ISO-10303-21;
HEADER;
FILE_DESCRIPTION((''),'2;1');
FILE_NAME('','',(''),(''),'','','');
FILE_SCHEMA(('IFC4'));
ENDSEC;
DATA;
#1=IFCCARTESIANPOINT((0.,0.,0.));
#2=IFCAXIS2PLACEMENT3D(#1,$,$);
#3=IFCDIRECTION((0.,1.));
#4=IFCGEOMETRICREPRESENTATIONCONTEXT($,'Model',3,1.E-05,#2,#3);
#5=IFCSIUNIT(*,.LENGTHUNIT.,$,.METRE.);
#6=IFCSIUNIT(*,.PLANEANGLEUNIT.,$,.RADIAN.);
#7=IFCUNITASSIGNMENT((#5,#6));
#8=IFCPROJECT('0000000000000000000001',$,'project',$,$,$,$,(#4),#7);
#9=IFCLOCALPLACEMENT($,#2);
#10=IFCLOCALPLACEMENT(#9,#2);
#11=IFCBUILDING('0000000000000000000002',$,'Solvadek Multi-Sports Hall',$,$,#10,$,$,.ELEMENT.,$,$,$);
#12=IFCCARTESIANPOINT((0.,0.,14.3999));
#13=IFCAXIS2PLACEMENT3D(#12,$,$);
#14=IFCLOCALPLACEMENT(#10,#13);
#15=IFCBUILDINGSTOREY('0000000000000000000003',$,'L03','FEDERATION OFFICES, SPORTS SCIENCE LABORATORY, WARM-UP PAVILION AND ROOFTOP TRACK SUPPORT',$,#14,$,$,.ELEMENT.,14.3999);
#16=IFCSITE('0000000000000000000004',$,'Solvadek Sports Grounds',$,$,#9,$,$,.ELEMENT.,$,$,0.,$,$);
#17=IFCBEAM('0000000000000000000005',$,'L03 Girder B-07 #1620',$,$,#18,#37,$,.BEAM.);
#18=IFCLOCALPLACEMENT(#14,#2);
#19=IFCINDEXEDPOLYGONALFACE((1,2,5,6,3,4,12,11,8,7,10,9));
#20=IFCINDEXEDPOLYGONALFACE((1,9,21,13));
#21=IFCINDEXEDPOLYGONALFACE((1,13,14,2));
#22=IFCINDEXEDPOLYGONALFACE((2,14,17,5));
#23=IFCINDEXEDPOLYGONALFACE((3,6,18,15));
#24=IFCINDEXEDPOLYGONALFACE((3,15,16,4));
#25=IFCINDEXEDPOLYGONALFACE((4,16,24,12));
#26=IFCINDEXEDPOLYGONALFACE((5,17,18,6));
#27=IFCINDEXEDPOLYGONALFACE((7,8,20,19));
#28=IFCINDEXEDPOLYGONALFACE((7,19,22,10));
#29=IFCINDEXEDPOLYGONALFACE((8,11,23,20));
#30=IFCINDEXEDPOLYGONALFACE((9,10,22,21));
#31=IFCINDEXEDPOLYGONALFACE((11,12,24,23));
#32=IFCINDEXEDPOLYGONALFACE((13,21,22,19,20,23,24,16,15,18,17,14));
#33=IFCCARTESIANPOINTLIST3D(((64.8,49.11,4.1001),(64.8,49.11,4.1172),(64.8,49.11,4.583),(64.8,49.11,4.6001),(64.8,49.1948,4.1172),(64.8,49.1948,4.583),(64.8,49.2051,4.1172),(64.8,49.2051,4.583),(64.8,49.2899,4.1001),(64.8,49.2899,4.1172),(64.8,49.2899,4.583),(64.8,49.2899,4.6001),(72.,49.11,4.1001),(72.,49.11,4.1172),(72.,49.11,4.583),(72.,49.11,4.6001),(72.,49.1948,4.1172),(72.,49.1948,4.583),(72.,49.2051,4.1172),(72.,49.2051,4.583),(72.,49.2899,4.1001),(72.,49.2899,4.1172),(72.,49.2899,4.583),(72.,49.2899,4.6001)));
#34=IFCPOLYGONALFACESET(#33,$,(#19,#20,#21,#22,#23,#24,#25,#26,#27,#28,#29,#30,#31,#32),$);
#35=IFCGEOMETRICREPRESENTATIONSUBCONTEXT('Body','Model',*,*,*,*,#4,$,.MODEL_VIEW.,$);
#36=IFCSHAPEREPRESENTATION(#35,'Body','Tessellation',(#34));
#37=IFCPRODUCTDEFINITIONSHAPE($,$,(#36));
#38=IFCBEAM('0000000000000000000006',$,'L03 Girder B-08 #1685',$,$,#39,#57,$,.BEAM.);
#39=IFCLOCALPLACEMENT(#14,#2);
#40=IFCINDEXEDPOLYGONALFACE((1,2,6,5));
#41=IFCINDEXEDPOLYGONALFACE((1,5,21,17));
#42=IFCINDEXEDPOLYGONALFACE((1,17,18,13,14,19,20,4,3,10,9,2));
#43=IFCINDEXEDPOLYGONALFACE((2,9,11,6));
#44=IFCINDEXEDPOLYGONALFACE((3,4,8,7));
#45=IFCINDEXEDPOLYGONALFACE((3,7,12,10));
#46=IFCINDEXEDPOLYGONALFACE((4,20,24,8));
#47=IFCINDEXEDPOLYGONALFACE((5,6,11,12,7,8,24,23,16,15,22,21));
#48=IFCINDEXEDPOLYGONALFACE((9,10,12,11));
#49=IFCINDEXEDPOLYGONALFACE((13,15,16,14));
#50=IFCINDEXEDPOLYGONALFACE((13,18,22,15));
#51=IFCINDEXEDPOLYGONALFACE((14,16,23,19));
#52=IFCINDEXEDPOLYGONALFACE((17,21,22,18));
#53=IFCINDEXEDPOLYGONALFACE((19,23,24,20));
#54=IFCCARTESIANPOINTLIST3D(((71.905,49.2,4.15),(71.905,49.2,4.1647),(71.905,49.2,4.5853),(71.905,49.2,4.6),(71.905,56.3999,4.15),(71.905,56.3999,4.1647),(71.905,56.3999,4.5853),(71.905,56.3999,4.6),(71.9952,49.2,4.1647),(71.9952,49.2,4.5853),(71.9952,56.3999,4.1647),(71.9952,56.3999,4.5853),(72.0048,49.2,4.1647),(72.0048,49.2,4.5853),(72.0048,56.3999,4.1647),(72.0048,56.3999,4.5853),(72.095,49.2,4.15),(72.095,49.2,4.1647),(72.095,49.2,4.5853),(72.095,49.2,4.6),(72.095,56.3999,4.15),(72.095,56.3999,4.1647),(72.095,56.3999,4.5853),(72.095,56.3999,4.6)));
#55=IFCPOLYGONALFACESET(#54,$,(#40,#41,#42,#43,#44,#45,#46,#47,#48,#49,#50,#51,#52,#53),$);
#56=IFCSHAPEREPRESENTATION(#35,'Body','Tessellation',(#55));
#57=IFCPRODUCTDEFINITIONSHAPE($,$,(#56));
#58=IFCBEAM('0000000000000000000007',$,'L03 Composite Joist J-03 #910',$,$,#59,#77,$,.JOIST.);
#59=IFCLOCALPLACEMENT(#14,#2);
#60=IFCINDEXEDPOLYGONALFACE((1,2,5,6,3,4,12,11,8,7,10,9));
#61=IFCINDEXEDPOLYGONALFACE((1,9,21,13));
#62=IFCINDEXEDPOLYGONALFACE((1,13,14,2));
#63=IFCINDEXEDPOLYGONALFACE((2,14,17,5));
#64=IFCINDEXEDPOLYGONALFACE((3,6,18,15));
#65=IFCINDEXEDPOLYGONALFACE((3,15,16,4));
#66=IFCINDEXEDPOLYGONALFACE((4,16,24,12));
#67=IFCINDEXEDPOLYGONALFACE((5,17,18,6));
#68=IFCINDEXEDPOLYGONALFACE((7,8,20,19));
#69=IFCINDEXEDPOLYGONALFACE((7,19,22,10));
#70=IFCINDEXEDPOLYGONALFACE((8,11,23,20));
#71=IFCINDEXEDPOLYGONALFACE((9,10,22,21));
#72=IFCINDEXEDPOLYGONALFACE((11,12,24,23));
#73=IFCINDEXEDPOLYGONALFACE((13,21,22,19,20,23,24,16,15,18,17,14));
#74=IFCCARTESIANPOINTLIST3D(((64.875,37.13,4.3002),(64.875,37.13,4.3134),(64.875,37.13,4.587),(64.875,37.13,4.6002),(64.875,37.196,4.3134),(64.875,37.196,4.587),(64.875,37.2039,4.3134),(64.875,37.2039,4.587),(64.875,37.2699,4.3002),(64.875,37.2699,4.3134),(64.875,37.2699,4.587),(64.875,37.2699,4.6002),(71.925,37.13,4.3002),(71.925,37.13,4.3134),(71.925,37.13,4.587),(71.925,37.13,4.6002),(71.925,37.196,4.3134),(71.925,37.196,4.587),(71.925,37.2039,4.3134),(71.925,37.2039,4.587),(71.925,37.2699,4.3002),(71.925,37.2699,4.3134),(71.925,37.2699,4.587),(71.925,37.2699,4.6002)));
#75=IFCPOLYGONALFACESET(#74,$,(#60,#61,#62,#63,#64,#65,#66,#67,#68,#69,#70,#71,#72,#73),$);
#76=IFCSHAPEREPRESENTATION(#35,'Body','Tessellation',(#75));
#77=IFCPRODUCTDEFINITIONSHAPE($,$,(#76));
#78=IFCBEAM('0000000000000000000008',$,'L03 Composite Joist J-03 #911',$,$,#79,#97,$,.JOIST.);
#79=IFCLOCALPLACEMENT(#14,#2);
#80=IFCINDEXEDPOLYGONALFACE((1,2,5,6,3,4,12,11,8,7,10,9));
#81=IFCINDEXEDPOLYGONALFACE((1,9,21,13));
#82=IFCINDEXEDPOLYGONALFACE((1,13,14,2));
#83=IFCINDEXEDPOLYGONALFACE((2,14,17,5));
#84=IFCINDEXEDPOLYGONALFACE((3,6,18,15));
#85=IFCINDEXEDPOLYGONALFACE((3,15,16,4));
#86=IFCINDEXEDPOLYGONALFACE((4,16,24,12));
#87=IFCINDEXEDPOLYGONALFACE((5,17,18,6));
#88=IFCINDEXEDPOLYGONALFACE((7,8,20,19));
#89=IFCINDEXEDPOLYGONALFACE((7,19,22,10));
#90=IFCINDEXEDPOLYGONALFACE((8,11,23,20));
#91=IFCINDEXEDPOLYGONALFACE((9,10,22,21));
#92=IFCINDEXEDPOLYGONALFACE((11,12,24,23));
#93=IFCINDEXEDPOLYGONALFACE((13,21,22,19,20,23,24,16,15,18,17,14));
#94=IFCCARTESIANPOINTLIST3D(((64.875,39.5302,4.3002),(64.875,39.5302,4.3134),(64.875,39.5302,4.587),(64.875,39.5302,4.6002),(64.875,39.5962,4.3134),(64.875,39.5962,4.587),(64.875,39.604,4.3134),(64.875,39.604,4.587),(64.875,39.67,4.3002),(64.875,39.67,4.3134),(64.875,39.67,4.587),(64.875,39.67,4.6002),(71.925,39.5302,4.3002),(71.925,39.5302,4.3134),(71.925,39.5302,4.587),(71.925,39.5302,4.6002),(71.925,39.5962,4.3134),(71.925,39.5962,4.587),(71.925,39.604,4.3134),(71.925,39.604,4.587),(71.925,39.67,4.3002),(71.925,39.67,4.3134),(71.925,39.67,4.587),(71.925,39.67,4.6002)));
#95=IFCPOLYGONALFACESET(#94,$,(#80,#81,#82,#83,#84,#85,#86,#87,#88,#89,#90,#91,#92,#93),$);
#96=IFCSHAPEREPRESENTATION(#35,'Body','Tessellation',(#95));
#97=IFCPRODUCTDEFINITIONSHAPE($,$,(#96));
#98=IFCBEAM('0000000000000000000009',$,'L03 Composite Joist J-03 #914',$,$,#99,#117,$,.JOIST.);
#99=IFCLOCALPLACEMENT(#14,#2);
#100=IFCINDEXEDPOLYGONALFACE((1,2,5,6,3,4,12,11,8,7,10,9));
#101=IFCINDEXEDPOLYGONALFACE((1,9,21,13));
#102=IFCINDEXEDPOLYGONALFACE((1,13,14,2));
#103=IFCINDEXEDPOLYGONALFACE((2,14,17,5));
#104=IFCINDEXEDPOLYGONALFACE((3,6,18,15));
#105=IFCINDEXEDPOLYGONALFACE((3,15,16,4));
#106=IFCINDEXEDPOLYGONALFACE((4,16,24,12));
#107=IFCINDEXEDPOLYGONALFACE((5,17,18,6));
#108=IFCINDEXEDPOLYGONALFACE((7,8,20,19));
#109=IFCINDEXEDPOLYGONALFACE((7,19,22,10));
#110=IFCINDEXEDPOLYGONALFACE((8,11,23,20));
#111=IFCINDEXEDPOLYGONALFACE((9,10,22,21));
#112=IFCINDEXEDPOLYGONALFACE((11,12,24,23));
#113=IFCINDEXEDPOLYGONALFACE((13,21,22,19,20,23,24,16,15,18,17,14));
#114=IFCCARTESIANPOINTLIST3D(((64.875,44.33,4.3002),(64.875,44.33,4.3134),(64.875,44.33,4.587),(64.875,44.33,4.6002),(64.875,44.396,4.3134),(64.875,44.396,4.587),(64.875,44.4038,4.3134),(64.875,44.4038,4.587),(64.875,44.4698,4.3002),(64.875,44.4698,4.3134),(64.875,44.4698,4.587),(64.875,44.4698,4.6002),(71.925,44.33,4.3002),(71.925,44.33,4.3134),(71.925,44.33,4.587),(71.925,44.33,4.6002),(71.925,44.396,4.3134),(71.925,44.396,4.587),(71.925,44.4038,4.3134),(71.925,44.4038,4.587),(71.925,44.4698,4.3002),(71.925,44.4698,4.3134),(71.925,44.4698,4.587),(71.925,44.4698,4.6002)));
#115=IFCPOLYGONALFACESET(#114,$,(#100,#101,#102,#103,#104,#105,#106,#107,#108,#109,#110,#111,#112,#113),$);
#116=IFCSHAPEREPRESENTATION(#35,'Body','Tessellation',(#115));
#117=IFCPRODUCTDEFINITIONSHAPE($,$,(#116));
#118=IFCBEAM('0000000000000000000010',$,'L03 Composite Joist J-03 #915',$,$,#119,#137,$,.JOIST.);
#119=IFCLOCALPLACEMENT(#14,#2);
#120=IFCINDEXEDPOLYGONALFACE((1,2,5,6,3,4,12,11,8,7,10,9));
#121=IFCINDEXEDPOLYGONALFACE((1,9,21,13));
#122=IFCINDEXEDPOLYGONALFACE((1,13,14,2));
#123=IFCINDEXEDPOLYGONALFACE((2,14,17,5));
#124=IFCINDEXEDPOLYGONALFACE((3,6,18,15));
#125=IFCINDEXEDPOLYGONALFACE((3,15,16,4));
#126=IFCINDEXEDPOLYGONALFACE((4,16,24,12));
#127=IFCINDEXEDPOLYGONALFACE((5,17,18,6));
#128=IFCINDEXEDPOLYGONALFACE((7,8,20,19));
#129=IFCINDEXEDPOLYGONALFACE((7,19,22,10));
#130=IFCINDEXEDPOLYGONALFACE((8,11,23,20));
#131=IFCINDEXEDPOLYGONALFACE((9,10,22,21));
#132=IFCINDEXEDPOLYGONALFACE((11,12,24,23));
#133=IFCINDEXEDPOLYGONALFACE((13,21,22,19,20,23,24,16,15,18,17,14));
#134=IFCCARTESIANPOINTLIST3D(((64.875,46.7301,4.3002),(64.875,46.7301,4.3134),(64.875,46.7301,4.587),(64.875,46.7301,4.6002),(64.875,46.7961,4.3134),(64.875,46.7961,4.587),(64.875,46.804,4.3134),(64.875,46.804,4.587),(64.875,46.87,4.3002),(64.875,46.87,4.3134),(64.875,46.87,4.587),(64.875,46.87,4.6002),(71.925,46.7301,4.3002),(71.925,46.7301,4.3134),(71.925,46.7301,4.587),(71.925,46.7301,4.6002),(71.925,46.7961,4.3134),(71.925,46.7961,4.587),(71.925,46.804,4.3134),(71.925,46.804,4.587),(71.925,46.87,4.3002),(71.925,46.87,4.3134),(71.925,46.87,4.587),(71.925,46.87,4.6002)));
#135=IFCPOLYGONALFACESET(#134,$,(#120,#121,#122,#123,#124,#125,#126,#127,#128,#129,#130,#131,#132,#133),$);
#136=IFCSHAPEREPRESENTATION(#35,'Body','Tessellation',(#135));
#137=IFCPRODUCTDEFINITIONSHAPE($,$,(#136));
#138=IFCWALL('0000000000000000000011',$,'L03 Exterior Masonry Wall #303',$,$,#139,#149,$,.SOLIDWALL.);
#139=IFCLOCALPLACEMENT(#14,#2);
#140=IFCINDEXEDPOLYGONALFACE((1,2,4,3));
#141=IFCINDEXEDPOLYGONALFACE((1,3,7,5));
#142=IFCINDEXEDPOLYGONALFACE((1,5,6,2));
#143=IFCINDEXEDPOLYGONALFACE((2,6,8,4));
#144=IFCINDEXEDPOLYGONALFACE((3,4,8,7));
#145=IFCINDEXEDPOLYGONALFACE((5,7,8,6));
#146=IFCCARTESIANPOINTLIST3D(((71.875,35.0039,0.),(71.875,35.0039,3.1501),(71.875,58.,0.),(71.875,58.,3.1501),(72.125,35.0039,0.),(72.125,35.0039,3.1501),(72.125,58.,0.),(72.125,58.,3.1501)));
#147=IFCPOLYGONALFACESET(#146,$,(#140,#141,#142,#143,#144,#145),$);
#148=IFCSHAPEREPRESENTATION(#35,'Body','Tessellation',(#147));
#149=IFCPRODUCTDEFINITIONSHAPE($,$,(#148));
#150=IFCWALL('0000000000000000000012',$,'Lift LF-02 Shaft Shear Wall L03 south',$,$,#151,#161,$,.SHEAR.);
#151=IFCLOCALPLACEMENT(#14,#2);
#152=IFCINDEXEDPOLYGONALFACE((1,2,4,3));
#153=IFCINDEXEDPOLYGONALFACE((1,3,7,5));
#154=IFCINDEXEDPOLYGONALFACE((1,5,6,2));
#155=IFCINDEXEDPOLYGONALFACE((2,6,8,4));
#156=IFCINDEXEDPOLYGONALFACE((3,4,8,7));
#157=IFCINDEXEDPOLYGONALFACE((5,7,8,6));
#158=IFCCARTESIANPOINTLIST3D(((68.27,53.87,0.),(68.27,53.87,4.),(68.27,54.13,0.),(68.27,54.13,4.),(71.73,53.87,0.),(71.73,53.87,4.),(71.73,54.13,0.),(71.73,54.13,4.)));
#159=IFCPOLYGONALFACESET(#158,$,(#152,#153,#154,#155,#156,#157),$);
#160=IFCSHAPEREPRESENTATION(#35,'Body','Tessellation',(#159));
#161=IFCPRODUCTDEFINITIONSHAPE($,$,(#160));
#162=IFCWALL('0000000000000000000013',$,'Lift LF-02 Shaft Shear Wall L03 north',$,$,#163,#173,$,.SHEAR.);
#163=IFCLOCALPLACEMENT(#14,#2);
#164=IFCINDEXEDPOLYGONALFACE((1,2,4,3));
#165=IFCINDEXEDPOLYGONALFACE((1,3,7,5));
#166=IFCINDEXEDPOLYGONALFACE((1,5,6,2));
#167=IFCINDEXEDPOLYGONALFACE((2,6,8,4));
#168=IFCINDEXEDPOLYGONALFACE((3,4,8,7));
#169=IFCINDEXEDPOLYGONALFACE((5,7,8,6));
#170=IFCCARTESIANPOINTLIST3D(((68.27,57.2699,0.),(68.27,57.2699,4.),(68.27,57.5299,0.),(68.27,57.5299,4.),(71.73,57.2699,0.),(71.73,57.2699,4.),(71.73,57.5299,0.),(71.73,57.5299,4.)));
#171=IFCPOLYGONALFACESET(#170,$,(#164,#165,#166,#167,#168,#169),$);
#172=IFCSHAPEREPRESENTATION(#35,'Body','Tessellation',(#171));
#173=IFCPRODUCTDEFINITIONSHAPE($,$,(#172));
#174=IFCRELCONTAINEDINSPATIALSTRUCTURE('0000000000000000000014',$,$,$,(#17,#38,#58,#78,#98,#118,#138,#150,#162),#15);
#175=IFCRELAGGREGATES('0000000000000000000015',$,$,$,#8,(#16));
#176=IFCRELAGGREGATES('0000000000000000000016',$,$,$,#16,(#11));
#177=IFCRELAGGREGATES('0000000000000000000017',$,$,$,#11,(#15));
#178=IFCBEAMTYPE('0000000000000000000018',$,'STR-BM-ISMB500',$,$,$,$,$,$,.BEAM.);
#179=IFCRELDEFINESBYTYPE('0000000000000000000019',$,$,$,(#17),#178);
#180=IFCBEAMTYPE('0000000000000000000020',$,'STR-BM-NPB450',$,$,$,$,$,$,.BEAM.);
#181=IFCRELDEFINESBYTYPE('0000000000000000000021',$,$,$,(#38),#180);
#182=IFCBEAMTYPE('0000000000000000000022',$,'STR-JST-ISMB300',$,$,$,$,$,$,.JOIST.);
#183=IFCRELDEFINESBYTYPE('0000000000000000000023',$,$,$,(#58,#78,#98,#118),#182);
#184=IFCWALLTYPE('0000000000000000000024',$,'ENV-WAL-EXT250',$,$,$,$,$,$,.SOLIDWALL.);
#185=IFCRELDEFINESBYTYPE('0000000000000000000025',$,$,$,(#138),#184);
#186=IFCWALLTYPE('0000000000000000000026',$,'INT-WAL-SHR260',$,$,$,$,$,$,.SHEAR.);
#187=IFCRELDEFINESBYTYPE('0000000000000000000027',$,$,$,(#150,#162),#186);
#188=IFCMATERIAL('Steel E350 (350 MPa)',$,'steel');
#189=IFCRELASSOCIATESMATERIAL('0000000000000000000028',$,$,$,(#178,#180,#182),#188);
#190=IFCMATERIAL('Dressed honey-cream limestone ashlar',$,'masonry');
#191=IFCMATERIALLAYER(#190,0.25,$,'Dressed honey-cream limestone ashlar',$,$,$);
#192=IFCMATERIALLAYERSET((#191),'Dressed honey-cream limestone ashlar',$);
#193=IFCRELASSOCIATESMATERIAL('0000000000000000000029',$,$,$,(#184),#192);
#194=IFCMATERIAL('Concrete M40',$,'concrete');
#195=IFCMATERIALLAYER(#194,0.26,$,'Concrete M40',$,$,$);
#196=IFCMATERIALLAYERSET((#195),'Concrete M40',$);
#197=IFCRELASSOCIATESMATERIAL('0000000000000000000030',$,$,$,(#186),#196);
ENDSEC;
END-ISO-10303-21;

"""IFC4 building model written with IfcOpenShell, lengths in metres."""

from ifc_helpers import new_model, si_unit, direction, frame, frame_2d, origin, origin_2d, place, context, subcontext, project, spatial, rectangle, i_section, extrude, material, layer, layer_set, material_profile, profile_set, type_object, element, save


model = new_model("IFC4")

# Units and contexts
model_context = context("Model", 3, precision=1e-05, world=origin(), true_north=direction((0.0, 1.0)))
body_context = subcontext(model_context, "Body", "Model", "MODEL_VIEW")
ifc_project = project(units=[si_unit("LENGTHUNIT", "METRE"), si_unit("PLANEANGLEUNIT", "RADIAN")], contexts=[model_context])

# Site, building, storey
site_placement = place(None, origin())
site = spatial("IfcSite", under=ifc_project, at=site_placement, Name="Solvadek Sports Grounds", CompositionType="ELEMENT", RefElevation=0.0)
building_placement = place(site_placement, origin())
building = spatial("IfcBuilding", under=site, at=building_placement, Name="Solvadek Multi-Sports Hall", CompositionType="ELEMENT")
storey_placement = place(building_placement, frame((0.0, 0.0, 14.3999)))
storey = spatial("IfcBuildingStorey", under=building, at=storey_placement, Name="L03", Description="FEDERATION OFFICES, SPORTS SCIENCE LABORATORY, WARM-UP PAVILION AND ROOFTOP TRACK SUPPORT", CompositionType="ELEMENT", Elevation=14.3999)

# Shared definitions
ifc_material_1 = material(Name="Steel E350 (350 MPa)", Category="steel")

# Beams
ifc_material_profile_1 = material_profile(ifc_material_1, i_section(OverallWidth=0.1799, OverallDepth=0.5, WebThickness=0.0103, FlangeThickness=0.0171, at=origin_2d()), Name="ISMB 500")
ifc_profile_set_1 = profile_set([ifc_material_profile_1], Name="Steel E350 (350 MPa)")
beam_type_1 = type_object("IfcBeamType", Name="STR-BM-ISMB500", PredefinedType="BEAM", material=ifc_profile_set_1)
beam_1_placement = place(storey_placement, frame((64.8, 49.2, 4.3501), z_axis=(1.0, 0.0, 0.0), x_axis=(0.0, 1.0, 0.0)))
element("IfcBeam", 1, at=beam_1_placement, inside=storey, type_object=beam_type_1, Name="L03 Girder B-07 #1620", PredefinedType="BEAM", context=body_context, shape_type="SweptSolid", body=[
    extrude(i_section(OverallWidth=0.1799, OverallDepth=0.5, WebThickness=0.0103, FlangeThickness=0.0171, at=origin_2d()), origin(), (0.0, 0.0, 1.0), 7.2),
])
ifc_material_profile_2 = material_profile(ifc_material_1, i_section(OverallWidth=0.1899, OverallDepth=0.45, WebThickness=0.0095, FlangeThickness=0.0146, at=origin_2d()), Name="NPB 450")
ifc_profile_set_2 = profile_set([ifc_material_profile_2], Name="Steel E350 (350 MPa)")
beam_type_2 = type_object("IfcBeamType", Name="STR-BM-NPB450", PredefinedType="BEAM", material=ifc_profile_set_2)
beam_2_placement = place(storey_placement, frame((72.0, 49.2, 4.375), z_axis=(0.0, 1.0, 0.0), x_axis=(-1.0, 0.0, 0.0)))
element("IfcBeam", 2, at=beam_2_placement, inside=storey, type_object=beam_type_2, Name="L03 Girder B-08 #1685", PredefinedType="BEAM", context=body_context, shape_type="SweptSolid", body=[
    extrude(i_section(OverallWidth=0.1899, OverallDepth=0.45, WebThickness=0.0095, FlangeThickness=0.0146, at=origin_2d()), origin(), (0.0, 0.0, 1.0), 7.2),
])
ifc_material_profile_3 = material_profile(ifc_material_1, i_section(OverallWidth=0.1399, OverallDepth=0.3, WebThickness=0.0078, FlangeThickness=0.0132, at=origin_2d()), Name="ISMB 300")
ifc_profile_set_3 = profile_set([ifc_material_profile_3], Name="Steel E350 (350 MPa)")
beam_type_3 = type_object("IfcBeamType", Name="STR-JST-ISMB300", PredefinedType="JOIST", material=ifc_profile_set_3)
for number, where, z_axis, x_axis, name in (
    (3, (64.875, 37.2, 4.4502), (1.0, 0.0, 0.0), (0.0, 1.0, 0.0), "L03 Composite Joist J-03 #910"),
    (4, (64.875, 39.6001, 4.4502), (1.0, 0.0, 0.0), (0.0, 1.0, 0.0), "L03 Composite Joist J-03 #911"),
    (5, (64.875, 44.3999, 4.4502), (1.0, 0.0, 0.0), (0.0, 1.0, 0.0), "L03 Composite Joist J-03 #914"),
    (6, (64.875, 46.8, 4.4502), (1.0, 0.0, 0.0), (0.0, 1.0, 0.0), "L03 Composite Joist J-03 #915"),
):
    element("IfcBeam", number, at=place(storey_placement, frame(where, z_axis=z_axis, x_axis=x_axis)), inside=storey, type_object=beam_type_3, Name=name, PredefinedType="JOIST", context=body_context, shape_type="SweptSolid", body=[
        extrude(i_section(OverallWidth=0.1399, OverallDepth=0.3, WebThickness=0.0078, FlangeThickness=0.0132, at=origin_2d()), origin(), (0.0, 0.0, 1.0), 7.05),
    ])

# Walls
ifc_material_2 = material(Name="Dressed honey-cream limestone ashlar", Category="masonry")
ifc_layer_1 = layer(ifc_material_2, 0.25, Name="Dressed honey-cream limestone ashlar")
ifc_layer_set_1 = layer_set([ifc_layer_1], Name="Dressed honey-cream limestone ashlar")
wall_type_1 = type_object("IfcWallType", Name="ENV-WAL-EXT250", PredefinedType="SOLIDWALL", material=ifc_layer_set_1)
wall_1_placement = place(storey_placement, frame((72.0, 35.0039, 0.0), z_axis=(0.0, 0.0, 1.0), x_axis=(0.0, 1.0, 0.0)))
element("IfcWall", 7, at=wall_1_placement, inside=storey, type_object=wall_type_1, Name="L03 Exterior Masonry Wall #303", PredefinedType="SOLIDWALL", context=body_context, shape_type="SweptSolid", body=[
    extrude(rectangle(XDim=22.9961, YDim=0.25, at=frame_2d((11.498, 0.0))), origin(), (0.0, 0.0, 1.0), 3.1501),
])
ifc_material_3 = material(Name="Concrete M40", Category="concrete")
ifc_layer_2 = layer(ifc_material_3, 0.26, Name="Concrete M40")
ifc_layer_set_2 = layer_set([ifc_layer_2], Name="Concrete M40")
wall_type_2 = type_object("IfcWallType", Name="INT-WAL-SHR260", PredefinedType="SHEAR", material=ifc_layer_set_2)
for number, where, z_axis, x_axis, name in (
    (8, (68.27, 54.0, 0.0), (0.0, 0.0, 1.0), (1.0, 0.0, 0.0), "Lift LF-02 Shaft Shear Wall L03 south"),
    (9, (68.27, 57.3999, 0.0), (0.0, 0.0, 1.0), (1.0, 0.0, 0.0), "Lift LF-02 Shaft Shear Wall L03 north"),
):
    element("IfcWall", number, at=place(storey_placement, frame(where, z_axis=z_axis, x_axis=x_axis)), inside=storey, type_object=wall_type_2, Name=name, PredefinedType="SHEAR", context=body_context, shape_type="SweptSolid", body=[
        extrude(rectangle(XDim=3.46, YDim=0.26, at=frame_2d((1.73, 0.0))), origin(), (0.0, 0.0, 1.0), 4.0),
    ])

save(model, "model.ifc")
